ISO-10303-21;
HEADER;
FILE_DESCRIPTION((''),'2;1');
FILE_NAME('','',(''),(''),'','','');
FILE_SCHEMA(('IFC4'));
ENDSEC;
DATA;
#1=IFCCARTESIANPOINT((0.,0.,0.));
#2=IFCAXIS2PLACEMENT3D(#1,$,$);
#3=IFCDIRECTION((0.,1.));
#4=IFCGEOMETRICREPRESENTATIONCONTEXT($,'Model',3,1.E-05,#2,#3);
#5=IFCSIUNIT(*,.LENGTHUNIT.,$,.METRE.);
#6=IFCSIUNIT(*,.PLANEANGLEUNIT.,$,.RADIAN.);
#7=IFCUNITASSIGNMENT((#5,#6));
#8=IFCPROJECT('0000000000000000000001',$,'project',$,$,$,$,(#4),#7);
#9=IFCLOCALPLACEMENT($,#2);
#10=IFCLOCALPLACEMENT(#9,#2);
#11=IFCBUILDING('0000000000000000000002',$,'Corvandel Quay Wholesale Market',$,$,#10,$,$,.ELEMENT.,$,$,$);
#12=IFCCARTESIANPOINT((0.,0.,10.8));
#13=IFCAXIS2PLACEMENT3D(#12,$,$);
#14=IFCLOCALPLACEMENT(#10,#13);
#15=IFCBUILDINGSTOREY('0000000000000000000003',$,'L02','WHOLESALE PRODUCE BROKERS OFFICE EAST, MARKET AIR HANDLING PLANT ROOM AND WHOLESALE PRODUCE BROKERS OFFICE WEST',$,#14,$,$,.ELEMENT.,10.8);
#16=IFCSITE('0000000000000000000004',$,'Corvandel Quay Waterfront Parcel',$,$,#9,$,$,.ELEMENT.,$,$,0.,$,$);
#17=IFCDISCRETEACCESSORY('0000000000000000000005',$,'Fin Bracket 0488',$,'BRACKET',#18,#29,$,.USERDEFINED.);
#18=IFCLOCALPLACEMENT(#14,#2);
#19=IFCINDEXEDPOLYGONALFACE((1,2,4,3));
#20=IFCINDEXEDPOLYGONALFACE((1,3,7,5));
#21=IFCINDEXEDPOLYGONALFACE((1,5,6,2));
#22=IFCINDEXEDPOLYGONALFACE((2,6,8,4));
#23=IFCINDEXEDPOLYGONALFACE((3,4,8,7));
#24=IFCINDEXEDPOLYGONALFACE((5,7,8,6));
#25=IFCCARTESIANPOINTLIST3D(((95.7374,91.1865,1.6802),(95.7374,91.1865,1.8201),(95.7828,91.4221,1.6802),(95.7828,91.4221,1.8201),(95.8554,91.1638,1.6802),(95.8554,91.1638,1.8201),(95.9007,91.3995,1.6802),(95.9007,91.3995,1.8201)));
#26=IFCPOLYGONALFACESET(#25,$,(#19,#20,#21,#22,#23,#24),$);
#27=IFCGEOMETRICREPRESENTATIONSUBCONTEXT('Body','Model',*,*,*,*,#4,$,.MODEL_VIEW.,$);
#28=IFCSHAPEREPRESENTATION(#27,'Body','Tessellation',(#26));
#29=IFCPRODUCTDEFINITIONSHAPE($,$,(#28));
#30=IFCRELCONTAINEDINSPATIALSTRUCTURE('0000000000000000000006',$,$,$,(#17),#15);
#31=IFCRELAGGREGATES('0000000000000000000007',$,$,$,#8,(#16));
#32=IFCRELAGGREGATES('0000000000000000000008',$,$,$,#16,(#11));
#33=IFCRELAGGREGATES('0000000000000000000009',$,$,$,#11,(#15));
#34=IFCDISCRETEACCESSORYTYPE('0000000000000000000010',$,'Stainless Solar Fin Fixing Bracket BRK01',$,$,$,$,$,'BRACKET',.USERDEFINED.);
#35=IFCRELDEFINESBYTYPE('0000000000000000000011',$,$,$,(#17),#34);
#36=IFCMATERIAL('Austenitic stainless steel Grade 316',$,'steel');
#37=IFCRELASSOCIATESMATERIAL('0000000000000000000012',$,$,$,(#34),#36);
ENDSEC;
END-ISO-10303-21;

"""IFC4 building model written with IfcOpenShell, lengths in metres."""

from ifc_helpers import new_model, si_unit, direction, frame, origin, origin_2d, place, context, subcontext, project, spatial, rectangle, extrude, material, type_object, element, save


model = new_model("IFC4")

# Units and contexts
model_context = context("Model", 3, precision=1e-05, world=origin(), true_north=direction((0.0, 1.0)))
body_context = subcontext(model_context, "Body", "Model", "MODEL_VIEW")
ifc_project = project(units=[si_unit("LENGTHUNIT", "METRE"), si_unit("PLANEANGLEUNIT", "RADIAN")], contexts=[model_context])

# Site, building, storey
site_placement = place(None, origin())
site = spatial("IfcSite", under=ifc_project, at=site_placement, Name="Corvandel Quay Waterfront Parcel", CompositionType="ELEMENT", RefElevation=0.0)
building_placement = place(site_placement, origin())
building = spatial("IfcBuilding", under=site, at=building_placement, Name="Corvandel Quay Wholesale Market", CompositionType="ELEMENT")
storey_placement = place(building_placement, frame((0.0, 0.0, 10.8)))
storey = spatial("IfcBuildingStorey", under=building, at=storey_placement, Name="L02", Description="WHOLESALE PRODUCE BROKERS OFFICE EAST, MARKET AIR HANDLING PLANT ROOM AND WHOLESALE PRODUCE BROKERS OFFICE WEST", CompositionType="ELEMENT", Elevation=10.8)

# Discrete accessory
ifc_material_1 = material(Name="Austenitic stainless steel Grade 316", Category="steel")
discrete_accessory_type = type_object("IfcDiscreteAccessoryType", Name="Stainless Solar Fin Fixing Bracket BRK01", ElementType="BRACKET", PredefinedType="USERDEFINED", material=ifc_material_1)
discrete_accessory_placement = place(storey_placement, frame((95.8191, 91.293, 1.6802), z_axis=(0.0, 0.0, 1.0), x_axis=(0.188924, 0.981992, 0.0)))
element("IfcDiscreteAccessory", 1, at=discrete_accessory_placement, inside=storey, type_object=discrete_accessory_type, Name="Fin Bracket 0488", ObjectType="BRACKET", PredefinedType="USERDEFINED", context=body_context, shape_type="SweptSolid", body=[
    extrude(rectangle(XDim=0.24, YDim=0.1201, at=origin_2d()), origin(), (0.0, 0.0, 1.0), 0.1399),
])

save(model, "model.ifc")
